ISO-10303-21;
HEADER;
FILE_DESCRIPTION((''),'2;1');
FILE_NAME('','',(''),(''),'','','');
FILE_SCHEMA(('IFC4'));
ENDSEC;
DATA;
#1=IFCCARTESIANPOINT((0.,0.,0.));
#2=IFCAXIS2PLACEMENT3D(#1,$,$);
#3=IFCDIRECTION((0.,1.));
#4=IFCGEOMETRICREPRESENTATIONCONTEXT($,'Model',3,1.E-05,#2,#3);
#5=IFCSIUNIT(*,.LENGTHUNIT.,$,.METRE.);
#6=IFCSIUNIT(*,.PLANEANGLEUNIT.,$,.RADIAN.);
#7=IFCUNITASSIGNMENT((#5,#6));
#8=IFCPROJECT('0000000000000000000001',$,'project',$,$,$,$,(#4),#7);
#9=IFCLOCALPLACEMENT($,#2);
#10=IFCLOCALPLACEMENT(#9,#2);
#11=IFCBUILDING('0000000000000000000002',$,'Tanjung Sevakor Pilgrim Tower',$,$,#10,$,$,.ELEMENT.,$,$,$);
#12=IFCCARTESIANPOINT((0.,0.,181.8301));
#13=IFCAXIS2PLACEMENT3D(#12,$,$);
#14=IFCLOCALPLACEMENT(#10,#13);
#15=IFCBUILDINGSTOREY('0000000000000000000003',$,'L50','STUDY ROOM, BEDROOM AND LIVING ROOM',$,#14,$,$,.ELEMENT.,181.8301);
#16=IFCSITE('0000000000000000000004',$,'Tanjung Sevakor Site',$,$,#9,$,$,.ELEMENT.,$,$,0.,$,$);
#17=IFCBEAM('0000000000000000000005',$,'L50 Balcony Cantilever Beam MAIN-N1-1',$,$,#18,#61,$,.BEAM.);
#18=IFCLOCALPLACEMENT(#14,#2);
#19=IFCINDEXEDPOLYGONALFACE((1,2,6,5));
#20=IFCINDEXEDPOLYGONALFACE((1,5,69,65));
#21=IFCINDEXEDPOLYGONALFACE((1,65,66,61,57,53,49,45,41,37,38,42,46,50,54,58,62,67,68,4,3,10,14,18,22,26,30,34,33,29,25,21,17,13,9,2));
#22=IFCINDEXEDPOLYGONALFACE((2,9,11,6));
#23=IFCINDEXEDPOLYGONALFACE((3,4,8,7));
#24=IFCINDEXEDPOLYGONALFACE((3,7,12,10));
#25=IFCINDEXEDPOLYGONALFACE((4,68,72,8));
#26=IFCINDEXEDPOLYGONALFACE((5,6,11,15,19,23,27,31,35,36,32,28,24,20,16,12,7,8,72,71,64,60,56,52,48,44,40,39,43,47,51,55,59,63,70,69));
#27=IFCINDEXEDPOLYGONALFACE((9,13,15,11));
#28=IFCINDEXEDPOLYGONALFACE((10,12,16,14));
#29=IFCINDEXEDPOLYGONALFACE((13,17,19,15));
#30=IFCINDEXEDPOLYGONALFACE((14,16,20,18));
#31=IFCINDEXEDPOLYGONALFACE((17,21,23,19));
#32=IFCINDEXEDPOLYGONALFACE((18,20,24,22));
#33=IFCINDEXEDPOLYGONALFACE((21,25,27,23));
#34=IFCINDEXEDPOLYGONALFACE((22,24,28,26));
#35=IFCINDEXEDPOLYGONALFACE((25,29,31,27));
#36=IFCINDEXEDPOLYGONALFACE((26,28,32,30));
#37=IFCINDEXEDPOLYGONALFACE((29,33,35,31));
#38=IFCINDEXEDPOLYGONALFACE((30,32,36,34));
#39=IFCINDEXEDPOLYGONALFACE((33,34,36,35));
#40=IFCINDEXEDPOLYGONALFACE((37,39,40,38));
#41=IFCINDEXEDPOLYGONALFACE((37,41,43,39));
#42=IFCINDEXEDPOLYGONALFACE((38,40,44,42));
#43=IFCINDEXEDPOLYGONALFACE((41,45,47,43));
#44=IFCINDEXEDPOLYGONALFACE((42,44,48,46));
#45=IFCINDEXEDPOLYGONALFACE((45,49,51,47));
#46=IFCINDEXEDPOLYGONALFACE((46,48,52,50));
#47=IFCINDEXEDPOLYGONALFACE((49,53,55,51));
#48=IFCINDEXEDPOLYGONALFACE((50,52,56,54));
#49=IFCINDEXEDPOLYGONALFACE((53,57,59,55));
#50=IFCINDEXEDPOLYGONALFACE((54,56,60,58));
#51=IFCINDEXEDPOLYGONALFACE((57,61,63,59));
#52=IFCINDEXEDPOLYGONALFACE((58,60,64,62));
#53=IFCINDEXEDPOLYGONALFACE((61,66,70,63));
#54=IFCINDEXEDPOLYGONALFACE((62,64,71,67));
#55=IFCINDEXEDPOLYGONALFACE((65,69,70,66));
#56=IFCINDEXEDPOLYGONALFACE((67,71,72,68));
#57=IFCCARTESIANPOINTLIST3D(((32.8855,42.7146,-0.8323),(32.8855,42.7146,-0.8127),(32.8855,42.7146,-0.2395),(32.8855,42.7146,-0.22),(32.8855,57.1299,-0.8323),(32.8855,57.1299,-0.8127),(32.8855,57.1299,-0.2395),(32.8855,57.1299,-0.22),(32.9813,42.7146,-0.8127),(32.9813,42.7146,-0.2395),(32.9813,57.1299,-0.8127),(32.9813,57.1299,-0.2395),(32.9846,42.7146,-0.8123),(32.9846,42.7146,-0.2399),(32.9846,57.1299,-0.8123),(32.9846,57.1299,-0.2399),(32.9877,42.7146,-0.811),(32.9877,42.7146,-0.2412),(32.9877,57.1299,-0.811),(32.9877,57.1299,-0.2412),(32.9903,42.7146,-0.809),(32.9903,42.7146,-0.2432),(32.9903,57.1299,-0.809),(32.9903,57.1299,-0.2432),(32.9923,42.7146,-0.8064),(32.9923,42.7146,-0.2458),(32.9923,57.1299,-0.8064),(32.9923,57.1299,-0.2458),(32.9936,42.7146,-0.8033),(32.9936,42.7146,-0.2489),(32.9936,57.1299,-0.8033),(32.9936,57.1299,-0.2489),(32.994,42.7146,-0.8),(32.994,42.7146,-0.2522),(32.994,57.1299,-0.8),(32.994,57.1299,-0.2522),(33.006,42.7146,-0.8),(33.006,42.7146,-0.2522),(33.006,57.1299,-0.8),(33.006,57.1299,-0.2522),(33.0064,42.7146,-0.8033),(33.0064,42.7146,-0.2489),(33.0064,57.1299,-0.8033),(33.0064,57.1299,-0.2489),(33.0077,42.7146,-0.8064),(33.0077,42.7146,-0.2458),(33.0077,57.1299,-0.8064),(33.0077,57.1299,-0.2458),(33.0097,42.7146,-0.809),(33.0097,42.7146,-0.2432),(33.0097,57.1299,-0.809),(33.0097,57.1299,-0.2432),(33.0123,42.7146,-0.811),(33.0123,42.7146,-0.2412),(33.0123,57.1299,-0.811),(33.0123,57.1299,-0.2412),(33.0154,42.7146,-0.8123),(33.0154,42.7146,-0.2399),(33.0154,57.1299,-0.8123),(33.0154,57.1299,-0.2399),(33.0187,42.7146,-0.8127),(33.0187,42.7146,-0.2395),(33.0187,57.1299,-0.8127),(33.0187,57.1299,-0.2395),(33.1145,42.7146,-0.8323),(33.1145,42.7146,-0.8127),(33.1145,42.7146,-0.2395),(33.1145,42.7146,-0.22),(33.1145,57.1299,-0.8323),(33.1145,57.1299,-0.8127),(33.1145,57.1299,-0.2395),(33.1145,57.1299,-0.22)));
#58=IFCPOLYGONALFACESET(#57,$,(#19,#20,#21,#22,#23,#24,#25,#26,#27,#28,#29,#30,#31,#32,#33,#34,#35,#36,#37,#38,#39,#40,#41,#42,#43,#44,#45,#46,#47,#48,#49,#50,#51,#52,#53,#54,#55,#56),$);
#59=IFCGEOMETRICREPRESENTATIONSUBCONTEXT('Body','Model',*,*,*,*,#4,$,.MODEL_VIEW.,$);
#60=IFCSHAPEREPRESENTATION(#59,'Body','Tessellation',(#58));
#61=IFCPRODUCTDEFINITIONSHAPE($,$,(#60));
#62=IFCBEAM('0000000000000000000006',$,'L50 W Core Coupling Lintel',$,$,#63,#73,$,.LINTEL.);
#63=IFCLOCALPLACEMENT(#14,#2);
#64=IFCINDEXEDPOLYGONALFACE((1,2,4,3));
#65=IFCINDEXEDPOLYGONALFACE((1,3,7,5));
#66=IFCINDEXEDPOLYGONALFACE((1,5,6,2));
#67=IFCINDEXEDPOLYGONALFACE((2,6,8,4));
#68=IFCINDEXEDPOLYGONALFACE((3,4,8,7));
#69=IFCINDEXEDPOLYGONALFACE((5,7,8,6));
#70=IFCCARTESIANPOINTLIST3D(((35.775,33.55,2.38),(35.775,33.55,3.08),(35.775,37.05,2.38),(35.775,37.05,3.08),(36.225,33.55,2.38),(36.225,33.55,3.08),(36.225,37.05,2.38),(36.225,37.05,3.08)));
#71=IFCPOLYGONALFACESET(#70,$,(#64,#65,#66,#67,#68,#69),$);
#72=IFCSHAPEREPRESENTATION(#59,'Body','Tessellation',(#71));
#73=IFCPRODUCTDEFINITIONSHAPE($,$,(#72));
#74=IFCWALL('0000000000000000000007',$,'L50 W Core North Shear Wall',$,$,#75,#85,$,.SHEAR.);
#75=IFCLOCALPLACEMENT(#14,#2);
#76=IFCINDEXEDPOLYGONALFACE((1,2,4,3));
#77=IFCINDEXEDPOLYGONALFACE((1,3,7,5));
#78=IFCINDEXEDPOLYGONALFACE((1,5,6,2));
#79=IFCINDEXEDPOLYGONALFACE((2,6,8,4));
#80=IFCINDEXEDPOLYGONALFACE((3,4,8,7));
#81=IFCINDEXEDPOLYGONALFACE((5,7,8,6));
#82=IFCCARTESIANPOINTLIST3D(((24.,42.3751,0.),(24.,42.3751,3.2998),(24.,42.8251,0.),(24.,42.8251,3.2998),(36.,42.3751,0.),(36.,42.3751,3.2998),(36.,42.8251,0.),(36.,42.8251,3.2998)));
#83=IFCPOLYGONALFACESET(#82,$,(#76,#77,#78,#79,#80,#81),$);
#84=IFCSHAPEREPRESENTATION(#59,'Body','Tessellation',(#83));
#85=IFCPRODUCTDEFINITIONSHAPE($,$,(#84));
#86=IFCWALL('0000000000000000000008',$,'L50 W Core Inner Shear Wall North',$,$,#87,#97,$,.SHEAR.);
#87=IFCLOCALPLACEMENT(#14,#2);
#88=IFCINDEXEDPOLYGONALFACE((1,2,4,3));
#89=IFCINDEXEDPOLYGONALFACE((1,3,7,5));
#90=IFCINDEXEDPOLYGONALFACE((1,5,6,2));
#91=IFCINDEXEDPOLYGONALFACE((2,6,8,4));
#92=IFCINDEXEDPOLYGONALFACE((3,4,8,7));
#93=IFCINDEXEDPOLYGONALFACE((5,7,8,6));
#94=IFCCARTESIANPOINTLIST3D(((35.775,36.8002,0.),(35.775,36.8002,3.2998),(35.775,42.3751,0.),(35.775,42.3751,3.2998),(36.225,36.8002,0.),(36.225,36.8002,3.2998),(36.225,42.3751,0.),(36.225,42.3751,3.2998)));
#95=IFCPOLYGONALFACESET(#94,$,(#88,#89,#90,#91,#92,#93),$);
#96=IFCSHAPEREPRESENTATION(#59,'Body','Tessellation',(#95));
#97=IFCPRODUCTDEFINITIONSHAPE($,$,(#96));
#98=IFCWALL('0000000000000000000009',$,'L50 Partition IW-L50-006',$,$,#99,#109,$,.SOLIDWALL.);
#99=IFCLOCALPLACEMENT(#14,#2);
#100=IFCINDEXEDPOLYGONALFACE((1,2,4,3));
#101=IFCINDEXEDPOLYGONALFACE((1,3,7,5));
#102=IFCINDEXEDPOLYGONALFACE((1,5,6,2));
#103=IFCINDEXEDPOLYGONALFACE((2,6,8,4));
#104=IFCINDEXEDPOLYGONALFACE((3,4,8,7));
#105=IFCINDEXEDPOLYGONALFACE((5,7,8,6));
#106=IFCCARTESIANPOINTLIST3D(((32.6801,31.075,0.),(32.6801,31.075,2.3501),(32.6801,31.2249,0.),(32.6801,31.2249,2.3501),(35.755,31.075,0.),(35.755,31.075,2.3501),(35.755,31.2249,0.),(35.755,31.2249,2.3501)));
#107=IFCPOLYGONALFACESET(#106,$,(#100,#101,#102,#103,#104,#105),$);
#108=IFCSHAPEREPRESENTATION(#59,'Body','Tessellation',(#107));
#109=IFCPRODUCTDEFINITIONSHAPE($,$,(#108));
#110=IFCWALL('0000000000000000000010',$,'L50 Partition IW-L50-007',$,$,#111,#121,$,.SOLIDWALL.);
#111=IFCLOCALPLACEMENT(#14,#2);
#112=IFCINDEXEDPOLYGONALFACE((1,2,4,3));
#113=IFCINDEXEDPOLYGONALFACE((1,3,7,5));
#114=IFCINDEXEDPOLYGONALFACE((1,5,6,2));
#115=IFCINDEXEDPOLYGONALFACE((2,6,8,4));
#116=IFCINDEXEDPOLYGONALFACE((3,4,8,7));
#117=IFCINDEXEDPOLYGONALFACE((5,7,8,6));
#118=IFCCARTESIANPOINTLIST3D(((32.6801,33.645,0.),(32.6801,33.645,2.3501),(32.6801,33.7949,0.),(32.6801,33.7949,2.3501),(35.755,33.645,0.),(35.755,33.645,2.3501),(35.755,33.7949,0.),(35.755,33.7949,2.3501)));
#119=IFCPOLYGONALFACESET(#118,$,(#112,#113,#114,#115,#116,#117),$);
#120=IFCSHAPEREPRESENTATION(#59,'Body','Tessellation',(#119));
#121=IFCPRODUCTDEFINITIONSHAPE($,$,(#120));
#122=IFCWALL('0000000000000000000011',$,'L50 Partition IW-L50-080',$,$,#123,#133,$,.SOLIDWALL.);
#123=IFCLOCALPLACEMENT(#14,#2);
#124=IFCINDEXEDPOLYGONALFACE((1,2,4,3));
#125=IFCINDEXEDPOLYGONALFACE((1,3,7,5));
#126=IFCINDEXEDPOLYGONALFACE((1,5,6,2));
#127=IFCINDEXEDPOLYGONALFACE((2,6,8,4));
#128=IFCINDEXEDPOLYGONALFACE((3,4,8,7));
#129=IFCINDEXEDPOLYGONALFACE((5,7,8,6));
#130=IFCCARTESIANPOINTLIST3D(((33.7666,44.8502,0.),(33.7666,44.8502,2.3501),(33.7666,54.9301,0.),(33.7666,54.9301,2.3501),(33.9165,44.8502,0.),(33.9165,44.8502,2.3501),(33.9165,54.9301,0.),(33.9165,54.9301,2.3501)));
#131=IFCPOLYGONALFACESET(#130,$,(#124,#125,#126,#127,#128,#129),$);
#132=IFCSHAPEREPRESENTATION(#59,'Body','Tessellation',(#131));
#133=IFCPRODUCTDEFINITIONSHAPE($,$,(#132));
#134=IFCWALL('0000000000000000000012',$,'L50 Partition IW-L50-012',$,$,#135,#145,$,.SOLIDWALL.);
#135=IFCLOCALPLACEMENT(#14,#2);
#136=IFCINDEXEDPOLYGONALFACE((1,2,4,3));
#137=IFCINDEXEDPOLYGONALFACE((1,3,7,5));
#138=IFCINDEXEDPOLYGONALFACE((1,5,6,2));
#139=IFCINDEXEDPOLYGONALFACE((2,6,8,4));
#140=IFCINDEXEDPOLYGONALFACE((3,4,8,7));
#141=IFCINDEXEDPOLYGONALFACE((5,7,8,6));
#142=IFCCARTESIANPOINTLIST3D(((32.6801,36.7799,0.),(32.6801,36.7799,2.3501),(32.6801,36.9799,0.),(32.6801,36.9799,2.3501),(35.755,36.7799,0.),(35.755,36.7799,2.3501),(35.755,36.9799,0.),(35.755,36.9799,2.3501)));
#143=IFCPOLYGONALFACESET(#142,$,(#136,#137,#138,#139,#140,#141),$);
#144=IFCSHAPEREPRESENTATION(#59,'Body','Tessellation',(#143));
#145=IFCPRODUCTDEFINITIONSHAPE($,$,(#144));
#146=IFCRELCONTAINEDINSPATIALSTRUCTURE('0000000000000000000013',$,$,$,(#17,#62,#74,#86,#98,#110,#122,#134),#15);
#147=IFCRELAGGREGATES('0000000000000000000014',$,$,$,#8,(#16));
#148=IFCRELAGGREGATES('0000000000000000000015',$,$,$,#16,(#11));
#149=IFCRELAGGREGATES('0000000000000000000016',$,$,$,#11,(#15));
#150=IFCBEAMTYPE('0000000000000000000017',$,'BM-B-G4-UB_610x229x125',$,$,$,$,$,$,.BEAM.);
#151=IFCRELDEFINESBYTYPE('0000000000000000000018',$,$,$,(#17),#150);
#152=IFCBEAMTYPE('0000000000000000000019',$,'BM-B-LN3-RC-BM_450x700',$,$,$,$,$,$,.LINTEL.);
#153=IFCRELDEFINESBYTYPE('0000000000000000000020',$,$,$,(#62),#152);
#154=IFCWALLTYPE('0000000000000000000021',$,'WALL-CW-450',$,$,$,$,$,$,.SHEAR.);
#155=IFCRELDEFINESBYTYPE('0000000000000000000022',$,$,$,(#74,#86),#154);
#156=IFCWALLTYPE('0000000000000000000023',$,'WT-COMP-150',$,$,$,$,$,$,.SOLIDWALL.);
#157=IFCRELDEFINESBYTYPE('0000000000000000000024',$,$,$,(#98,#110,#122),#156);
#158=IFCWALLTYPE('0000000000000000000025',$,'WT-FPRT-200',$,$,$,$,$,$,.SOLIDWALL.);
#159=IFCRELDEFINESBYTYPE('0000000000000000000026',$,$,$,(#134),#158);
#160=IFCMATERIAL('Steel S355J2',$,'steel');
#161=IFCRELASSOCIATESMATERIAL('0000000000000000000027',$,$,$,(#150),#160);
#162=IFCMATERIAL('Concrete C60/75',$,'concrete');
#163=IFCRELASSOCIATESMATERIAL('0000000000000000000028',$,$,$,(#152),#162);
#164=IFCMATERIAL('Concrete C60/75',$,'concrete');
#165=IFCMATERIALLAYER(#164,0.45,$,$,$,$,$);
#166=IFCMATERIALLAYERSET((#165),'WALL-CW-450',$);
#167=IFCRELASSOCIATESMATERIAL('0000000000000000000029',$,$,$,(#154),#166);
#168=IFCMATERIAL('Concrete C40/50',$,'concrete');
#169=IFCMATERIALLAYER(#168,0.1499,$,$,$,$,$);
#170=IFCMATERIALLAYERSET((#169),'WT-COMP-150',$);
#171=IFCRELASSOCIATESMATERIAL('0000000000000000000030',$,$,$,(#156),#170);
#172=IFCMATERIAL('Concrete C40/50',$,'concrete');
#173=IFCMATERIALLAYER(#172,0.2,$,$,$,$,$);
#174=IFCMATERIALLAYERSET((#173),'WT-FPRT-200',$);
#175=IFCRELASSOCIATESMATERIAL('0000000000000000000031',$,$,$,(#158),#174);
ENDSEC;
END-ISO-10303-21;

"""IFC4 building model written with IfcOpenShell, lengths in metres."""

from ifc_helpers import new_model, si_unit, direction, frame, frame_2d, origin, origin_2d, place, context, subcontext, project, spatial, rectangle, i_section, extrude, material, layer, layer_set, material_profile, profile_set, type_object, element, save


model = new_model("IFC4")

# Units and contexts
model_context = context("Model", 3, precision=1e-05, world=origin(), true_north=direction((0.0, 1.0)))
body_context = subcontext(model_context, "Body", "Model", "MODEL_VIEW")
ifc_project = project(units=[si_unit("LENGTHUNIT", "METRE"), si_unit("PLANEANGLEUNIT", "RADIAN")], contexts=[model_context])

# Site, building, storey
site_placement = place(None, origin())
site = spatial("IfcSite", under=ifc_project, at=site_placement, Name="Tanjung Sevakor Site", CompositionType="ELEMENT", RefElevation=0.0)
building_placement = place(site_placement, origin())
building = spatial("IfcBuilding", under=site, at=building_placement, Name="Tanjung Sevakor Pilgrim Tower", CompositionType="ELEMENT")
storey_placement = place(building_placement, frame((0.0, 0.0, 181.8301)))
storey = spatial("IfcBuildingStorey", under=building, at=storey_placement, Name="L50", Description="STUDY ROOM, BEDROOM AND LIVING ROOM", CompositionType="ELEMENT", Elevation=181.8301)

# Beams
ifc_material_1 = material(Name="Steel S355J2", Category="steel")
ifc_material_profile_1 = material_profile(ifc_material_1, i_section(OverallWidth=0.229, OverallDepth=0.6123, WebThickness=0.012, FlangeThickness=0.0195, FilletRadius=0.0127, at=origin_2d()))
ifc_profile_set_1 = profile_set([ifc_material_profile_1], Name="Steel S355J2")
beam_type_1 = type_object("IfcBeamType", Name="BM-B-G4-UB_610x229x125", PredefinedType="BEAM", material=ifc_profile_set_1)
beam_1_placement = place(storey_placement, frame((33.0, 42.7146, -0.5261), z_axis=(0.0, 1.0, 0.0), x_axis=(-1.0, 0.0, 0.0)))
element("IfcBeam", 1, at=beam_1_placement, inside=storey, type_object=beam_type_1, Name="L50 Balcony Cantilever Beam MAIN-N1-1", PredefinedType="BEAM", context=body_context, shape_type="SweptSolid", body=[
    extrude(i_section(OverallWidth=0.229, OverallDepth=0.6123, WebThickness=0.012, FlangeThickness=0.0195, FilletRadius=0.0127, at=origin_2d()), origin(), (0.0, 0.0, 1.0), 14.4153),
])
ifc_material_2 = material(Name="Concrete C60/75", Category="concrete")
ifc_material_profile_2 = material_profile(ifc_material_2, rectangle(XDim=0.45, YDim=0.7, at=origin_2d()))
ifc_profile_set_2 = profile_set([ifc_material_profile_2], Name="Concrete C60/75")
beam_type_2 = type_object("IfcBeamType", Name="BM-B-LN3-RC-BM_450x700", PredefinedType="LINTEL", material=ifc_profile_set_2)
beam_2_placement = place(storey_placement, frame((36.0, 33.55, 2.73), z_axis=(0.0, 1.0, 0.0), x_axis=(-1.0, 0.0, 0.0)))
element("IfcBeam", 2, at=beam_2_placement, inside=storey, type_object=beam_type_2, Name="L50 W Core Coupling Lintel", PredefinedType="LINTEL", context=body_context, shape_type="SweptSolid", body=[
    extrude(rectangle(XDim=0.45, YDim=0.7, at=origin_2d()), origin(), (0.0, 0.0, 1.0), 3.5),
])

# Walls
ifc_material_3 = material(Name="Concrete C60/75", Category="concrete")
ifc_layer_1 = layer(ifc_material_3, 0.45)
ifc_layer_set_1 = layer_set([ifc_layer_1], Name="WALL-CW-450")
wall_type_1 = type_object("IfcWallType", Name="WALL-CW-450", PredefinedType="SHEAR", material=ifc_layer_set_1)
wall_1_placement = place(storey_placement, frame((36.0, 42.6001, 0.0), z_axis=(0.0, 0.0, 1.0), x_axis=(-1.0, 0.0, 0.0)))
element("IfcWall", 3, at=wall_1_placement, inside=storey, type_object=wall_type_1, Name="L50 W Core North Shear Wall", PredefinedType="SHEAR", context=body_context, shape_type="SweptSolid", body=[
    extrude(rectangle(XDim=12.0, YDim=0.45, at=frame_2d((6.0, 0.0))), origin(), (0.0, 0.0, 1.0), 3.2998),
])
wall_2_placement = place(storey_placement, frame((36.0, 36.8, 0.0), z_axis=(0.0, 0.0, 1.0), x_axis=(0.0, 1.0, 0.0)))
element("IfcWall", 4, at=wall_2_placement, inside=storey, type_object=wall_type_1, Name="L50 W Core Inner Shear Wall North", PredefinedType="SHEAR", context=body_context, shape_type="SweptSolid", body=[
    extrude(rectangle(XDim=5.575, YDim=0.45, at=frame_2d((2.7876, 0.0))), origin(), (0.0, 0.0, 1.0), 3.2998),
])
ifc_material_4 = material(Name="Concrete C40/50", Category="concrete")
ifc_layer_2 = layer(ifc_material_4, 0.1499)
ifc_layer_set_2 = layer_set([ifc_layer_2], Name="WT-COMP-150")
wall_type_2 = type_object("IfcWallType", Name="WT-COMP-150", PredefinedType="SOLIDWALL", material=ifc_layer_set_2)
for number, where, z_axis, x_axis, name in (
    (5, (32.6799, 31.1499, 0.0), (0.0, 0.0, 1.0), (1.0, 0.0, 0.0), "L50 Partition IW-L50-006"),
    (6, (32.6799, 33.72, 0.0), (0.0, 0.0, 1.0), (1.0, 0.0, 0.0), "L50 Partition IW-L50-007"),
):
    element("IfcWall", number, at=place(storey_placement, frame(where, z_axis=z_axis, x_axis=x_axis)), inside=storey, type_object=wall_type_2, Name=name, PredefinedType="SOLIDWALL", context=body_context, shape_type="SweptSolid", body=[
        extrude(rectangle(XDim=3.075, YDim=0.1499, at=frame_2d((1.5376, 0.0))), origin(), (0.0, 0.0, 1.0), 2.3501),
    ])

# Wall
wall_3_placement = place(storey_placement, frame((33.8416, 44.8501, 0.0), z_axis=(0.0, 0.0, 1.0), x_axis=(0.0, 1.0, 0.0)))
element("IfcWall", 7, at=wall_3_placement, inside=storey, type_object=wall_type_2, Name="L50 Partition IW-L50-080", PredefinedType="SOLIDWALL", context=body_context, shape_type="SweptSolid", body=[
    extrude(rectangle(XDim=10.0798, YDim=0.1499, at=frame_2d((5.04, 0.0))), origin(), (0.0, 0.0, 1.0), 2.3501),
])

# Wall
ifc_material_5 = material(Name="Concrete C40/50", Category="concrete")
ifc_layer_3 = layer(ifc_material_5, 0.2)
ifc_layer_set_3 = layer_set([ifc_layer_3], Name="WT-FPRT-200")
wall_type_3 = type_object("IfcWallType", Name="WT-FPRT-200", PredefinedType="SOLIDWALL", material=ifc_layer_set_3)
wall_4_placement = place(storey_placement, frame((32.6799, 36.8799, 0.0), z_axis=(0.0, 0.0, 1.0), x_axis=(1.0, 0.0, 0.0)))
element("IfcWall", 8, at=wall_4_placement, inside=storey, type_object=wall_type_3, Name="L50 Partition IW-L50-012", PredefinedType="SOLIDWALL", context=body_context, shape_type="SweptSolid", body=[
    extrude(rectangle(XDim=3.075, YDim=0.2, at=frame_2d((1.5376, 0.0))), origin(), (0.0, 0.0, 1.0), 2.3501),
])

save(model, "model.ifc")
